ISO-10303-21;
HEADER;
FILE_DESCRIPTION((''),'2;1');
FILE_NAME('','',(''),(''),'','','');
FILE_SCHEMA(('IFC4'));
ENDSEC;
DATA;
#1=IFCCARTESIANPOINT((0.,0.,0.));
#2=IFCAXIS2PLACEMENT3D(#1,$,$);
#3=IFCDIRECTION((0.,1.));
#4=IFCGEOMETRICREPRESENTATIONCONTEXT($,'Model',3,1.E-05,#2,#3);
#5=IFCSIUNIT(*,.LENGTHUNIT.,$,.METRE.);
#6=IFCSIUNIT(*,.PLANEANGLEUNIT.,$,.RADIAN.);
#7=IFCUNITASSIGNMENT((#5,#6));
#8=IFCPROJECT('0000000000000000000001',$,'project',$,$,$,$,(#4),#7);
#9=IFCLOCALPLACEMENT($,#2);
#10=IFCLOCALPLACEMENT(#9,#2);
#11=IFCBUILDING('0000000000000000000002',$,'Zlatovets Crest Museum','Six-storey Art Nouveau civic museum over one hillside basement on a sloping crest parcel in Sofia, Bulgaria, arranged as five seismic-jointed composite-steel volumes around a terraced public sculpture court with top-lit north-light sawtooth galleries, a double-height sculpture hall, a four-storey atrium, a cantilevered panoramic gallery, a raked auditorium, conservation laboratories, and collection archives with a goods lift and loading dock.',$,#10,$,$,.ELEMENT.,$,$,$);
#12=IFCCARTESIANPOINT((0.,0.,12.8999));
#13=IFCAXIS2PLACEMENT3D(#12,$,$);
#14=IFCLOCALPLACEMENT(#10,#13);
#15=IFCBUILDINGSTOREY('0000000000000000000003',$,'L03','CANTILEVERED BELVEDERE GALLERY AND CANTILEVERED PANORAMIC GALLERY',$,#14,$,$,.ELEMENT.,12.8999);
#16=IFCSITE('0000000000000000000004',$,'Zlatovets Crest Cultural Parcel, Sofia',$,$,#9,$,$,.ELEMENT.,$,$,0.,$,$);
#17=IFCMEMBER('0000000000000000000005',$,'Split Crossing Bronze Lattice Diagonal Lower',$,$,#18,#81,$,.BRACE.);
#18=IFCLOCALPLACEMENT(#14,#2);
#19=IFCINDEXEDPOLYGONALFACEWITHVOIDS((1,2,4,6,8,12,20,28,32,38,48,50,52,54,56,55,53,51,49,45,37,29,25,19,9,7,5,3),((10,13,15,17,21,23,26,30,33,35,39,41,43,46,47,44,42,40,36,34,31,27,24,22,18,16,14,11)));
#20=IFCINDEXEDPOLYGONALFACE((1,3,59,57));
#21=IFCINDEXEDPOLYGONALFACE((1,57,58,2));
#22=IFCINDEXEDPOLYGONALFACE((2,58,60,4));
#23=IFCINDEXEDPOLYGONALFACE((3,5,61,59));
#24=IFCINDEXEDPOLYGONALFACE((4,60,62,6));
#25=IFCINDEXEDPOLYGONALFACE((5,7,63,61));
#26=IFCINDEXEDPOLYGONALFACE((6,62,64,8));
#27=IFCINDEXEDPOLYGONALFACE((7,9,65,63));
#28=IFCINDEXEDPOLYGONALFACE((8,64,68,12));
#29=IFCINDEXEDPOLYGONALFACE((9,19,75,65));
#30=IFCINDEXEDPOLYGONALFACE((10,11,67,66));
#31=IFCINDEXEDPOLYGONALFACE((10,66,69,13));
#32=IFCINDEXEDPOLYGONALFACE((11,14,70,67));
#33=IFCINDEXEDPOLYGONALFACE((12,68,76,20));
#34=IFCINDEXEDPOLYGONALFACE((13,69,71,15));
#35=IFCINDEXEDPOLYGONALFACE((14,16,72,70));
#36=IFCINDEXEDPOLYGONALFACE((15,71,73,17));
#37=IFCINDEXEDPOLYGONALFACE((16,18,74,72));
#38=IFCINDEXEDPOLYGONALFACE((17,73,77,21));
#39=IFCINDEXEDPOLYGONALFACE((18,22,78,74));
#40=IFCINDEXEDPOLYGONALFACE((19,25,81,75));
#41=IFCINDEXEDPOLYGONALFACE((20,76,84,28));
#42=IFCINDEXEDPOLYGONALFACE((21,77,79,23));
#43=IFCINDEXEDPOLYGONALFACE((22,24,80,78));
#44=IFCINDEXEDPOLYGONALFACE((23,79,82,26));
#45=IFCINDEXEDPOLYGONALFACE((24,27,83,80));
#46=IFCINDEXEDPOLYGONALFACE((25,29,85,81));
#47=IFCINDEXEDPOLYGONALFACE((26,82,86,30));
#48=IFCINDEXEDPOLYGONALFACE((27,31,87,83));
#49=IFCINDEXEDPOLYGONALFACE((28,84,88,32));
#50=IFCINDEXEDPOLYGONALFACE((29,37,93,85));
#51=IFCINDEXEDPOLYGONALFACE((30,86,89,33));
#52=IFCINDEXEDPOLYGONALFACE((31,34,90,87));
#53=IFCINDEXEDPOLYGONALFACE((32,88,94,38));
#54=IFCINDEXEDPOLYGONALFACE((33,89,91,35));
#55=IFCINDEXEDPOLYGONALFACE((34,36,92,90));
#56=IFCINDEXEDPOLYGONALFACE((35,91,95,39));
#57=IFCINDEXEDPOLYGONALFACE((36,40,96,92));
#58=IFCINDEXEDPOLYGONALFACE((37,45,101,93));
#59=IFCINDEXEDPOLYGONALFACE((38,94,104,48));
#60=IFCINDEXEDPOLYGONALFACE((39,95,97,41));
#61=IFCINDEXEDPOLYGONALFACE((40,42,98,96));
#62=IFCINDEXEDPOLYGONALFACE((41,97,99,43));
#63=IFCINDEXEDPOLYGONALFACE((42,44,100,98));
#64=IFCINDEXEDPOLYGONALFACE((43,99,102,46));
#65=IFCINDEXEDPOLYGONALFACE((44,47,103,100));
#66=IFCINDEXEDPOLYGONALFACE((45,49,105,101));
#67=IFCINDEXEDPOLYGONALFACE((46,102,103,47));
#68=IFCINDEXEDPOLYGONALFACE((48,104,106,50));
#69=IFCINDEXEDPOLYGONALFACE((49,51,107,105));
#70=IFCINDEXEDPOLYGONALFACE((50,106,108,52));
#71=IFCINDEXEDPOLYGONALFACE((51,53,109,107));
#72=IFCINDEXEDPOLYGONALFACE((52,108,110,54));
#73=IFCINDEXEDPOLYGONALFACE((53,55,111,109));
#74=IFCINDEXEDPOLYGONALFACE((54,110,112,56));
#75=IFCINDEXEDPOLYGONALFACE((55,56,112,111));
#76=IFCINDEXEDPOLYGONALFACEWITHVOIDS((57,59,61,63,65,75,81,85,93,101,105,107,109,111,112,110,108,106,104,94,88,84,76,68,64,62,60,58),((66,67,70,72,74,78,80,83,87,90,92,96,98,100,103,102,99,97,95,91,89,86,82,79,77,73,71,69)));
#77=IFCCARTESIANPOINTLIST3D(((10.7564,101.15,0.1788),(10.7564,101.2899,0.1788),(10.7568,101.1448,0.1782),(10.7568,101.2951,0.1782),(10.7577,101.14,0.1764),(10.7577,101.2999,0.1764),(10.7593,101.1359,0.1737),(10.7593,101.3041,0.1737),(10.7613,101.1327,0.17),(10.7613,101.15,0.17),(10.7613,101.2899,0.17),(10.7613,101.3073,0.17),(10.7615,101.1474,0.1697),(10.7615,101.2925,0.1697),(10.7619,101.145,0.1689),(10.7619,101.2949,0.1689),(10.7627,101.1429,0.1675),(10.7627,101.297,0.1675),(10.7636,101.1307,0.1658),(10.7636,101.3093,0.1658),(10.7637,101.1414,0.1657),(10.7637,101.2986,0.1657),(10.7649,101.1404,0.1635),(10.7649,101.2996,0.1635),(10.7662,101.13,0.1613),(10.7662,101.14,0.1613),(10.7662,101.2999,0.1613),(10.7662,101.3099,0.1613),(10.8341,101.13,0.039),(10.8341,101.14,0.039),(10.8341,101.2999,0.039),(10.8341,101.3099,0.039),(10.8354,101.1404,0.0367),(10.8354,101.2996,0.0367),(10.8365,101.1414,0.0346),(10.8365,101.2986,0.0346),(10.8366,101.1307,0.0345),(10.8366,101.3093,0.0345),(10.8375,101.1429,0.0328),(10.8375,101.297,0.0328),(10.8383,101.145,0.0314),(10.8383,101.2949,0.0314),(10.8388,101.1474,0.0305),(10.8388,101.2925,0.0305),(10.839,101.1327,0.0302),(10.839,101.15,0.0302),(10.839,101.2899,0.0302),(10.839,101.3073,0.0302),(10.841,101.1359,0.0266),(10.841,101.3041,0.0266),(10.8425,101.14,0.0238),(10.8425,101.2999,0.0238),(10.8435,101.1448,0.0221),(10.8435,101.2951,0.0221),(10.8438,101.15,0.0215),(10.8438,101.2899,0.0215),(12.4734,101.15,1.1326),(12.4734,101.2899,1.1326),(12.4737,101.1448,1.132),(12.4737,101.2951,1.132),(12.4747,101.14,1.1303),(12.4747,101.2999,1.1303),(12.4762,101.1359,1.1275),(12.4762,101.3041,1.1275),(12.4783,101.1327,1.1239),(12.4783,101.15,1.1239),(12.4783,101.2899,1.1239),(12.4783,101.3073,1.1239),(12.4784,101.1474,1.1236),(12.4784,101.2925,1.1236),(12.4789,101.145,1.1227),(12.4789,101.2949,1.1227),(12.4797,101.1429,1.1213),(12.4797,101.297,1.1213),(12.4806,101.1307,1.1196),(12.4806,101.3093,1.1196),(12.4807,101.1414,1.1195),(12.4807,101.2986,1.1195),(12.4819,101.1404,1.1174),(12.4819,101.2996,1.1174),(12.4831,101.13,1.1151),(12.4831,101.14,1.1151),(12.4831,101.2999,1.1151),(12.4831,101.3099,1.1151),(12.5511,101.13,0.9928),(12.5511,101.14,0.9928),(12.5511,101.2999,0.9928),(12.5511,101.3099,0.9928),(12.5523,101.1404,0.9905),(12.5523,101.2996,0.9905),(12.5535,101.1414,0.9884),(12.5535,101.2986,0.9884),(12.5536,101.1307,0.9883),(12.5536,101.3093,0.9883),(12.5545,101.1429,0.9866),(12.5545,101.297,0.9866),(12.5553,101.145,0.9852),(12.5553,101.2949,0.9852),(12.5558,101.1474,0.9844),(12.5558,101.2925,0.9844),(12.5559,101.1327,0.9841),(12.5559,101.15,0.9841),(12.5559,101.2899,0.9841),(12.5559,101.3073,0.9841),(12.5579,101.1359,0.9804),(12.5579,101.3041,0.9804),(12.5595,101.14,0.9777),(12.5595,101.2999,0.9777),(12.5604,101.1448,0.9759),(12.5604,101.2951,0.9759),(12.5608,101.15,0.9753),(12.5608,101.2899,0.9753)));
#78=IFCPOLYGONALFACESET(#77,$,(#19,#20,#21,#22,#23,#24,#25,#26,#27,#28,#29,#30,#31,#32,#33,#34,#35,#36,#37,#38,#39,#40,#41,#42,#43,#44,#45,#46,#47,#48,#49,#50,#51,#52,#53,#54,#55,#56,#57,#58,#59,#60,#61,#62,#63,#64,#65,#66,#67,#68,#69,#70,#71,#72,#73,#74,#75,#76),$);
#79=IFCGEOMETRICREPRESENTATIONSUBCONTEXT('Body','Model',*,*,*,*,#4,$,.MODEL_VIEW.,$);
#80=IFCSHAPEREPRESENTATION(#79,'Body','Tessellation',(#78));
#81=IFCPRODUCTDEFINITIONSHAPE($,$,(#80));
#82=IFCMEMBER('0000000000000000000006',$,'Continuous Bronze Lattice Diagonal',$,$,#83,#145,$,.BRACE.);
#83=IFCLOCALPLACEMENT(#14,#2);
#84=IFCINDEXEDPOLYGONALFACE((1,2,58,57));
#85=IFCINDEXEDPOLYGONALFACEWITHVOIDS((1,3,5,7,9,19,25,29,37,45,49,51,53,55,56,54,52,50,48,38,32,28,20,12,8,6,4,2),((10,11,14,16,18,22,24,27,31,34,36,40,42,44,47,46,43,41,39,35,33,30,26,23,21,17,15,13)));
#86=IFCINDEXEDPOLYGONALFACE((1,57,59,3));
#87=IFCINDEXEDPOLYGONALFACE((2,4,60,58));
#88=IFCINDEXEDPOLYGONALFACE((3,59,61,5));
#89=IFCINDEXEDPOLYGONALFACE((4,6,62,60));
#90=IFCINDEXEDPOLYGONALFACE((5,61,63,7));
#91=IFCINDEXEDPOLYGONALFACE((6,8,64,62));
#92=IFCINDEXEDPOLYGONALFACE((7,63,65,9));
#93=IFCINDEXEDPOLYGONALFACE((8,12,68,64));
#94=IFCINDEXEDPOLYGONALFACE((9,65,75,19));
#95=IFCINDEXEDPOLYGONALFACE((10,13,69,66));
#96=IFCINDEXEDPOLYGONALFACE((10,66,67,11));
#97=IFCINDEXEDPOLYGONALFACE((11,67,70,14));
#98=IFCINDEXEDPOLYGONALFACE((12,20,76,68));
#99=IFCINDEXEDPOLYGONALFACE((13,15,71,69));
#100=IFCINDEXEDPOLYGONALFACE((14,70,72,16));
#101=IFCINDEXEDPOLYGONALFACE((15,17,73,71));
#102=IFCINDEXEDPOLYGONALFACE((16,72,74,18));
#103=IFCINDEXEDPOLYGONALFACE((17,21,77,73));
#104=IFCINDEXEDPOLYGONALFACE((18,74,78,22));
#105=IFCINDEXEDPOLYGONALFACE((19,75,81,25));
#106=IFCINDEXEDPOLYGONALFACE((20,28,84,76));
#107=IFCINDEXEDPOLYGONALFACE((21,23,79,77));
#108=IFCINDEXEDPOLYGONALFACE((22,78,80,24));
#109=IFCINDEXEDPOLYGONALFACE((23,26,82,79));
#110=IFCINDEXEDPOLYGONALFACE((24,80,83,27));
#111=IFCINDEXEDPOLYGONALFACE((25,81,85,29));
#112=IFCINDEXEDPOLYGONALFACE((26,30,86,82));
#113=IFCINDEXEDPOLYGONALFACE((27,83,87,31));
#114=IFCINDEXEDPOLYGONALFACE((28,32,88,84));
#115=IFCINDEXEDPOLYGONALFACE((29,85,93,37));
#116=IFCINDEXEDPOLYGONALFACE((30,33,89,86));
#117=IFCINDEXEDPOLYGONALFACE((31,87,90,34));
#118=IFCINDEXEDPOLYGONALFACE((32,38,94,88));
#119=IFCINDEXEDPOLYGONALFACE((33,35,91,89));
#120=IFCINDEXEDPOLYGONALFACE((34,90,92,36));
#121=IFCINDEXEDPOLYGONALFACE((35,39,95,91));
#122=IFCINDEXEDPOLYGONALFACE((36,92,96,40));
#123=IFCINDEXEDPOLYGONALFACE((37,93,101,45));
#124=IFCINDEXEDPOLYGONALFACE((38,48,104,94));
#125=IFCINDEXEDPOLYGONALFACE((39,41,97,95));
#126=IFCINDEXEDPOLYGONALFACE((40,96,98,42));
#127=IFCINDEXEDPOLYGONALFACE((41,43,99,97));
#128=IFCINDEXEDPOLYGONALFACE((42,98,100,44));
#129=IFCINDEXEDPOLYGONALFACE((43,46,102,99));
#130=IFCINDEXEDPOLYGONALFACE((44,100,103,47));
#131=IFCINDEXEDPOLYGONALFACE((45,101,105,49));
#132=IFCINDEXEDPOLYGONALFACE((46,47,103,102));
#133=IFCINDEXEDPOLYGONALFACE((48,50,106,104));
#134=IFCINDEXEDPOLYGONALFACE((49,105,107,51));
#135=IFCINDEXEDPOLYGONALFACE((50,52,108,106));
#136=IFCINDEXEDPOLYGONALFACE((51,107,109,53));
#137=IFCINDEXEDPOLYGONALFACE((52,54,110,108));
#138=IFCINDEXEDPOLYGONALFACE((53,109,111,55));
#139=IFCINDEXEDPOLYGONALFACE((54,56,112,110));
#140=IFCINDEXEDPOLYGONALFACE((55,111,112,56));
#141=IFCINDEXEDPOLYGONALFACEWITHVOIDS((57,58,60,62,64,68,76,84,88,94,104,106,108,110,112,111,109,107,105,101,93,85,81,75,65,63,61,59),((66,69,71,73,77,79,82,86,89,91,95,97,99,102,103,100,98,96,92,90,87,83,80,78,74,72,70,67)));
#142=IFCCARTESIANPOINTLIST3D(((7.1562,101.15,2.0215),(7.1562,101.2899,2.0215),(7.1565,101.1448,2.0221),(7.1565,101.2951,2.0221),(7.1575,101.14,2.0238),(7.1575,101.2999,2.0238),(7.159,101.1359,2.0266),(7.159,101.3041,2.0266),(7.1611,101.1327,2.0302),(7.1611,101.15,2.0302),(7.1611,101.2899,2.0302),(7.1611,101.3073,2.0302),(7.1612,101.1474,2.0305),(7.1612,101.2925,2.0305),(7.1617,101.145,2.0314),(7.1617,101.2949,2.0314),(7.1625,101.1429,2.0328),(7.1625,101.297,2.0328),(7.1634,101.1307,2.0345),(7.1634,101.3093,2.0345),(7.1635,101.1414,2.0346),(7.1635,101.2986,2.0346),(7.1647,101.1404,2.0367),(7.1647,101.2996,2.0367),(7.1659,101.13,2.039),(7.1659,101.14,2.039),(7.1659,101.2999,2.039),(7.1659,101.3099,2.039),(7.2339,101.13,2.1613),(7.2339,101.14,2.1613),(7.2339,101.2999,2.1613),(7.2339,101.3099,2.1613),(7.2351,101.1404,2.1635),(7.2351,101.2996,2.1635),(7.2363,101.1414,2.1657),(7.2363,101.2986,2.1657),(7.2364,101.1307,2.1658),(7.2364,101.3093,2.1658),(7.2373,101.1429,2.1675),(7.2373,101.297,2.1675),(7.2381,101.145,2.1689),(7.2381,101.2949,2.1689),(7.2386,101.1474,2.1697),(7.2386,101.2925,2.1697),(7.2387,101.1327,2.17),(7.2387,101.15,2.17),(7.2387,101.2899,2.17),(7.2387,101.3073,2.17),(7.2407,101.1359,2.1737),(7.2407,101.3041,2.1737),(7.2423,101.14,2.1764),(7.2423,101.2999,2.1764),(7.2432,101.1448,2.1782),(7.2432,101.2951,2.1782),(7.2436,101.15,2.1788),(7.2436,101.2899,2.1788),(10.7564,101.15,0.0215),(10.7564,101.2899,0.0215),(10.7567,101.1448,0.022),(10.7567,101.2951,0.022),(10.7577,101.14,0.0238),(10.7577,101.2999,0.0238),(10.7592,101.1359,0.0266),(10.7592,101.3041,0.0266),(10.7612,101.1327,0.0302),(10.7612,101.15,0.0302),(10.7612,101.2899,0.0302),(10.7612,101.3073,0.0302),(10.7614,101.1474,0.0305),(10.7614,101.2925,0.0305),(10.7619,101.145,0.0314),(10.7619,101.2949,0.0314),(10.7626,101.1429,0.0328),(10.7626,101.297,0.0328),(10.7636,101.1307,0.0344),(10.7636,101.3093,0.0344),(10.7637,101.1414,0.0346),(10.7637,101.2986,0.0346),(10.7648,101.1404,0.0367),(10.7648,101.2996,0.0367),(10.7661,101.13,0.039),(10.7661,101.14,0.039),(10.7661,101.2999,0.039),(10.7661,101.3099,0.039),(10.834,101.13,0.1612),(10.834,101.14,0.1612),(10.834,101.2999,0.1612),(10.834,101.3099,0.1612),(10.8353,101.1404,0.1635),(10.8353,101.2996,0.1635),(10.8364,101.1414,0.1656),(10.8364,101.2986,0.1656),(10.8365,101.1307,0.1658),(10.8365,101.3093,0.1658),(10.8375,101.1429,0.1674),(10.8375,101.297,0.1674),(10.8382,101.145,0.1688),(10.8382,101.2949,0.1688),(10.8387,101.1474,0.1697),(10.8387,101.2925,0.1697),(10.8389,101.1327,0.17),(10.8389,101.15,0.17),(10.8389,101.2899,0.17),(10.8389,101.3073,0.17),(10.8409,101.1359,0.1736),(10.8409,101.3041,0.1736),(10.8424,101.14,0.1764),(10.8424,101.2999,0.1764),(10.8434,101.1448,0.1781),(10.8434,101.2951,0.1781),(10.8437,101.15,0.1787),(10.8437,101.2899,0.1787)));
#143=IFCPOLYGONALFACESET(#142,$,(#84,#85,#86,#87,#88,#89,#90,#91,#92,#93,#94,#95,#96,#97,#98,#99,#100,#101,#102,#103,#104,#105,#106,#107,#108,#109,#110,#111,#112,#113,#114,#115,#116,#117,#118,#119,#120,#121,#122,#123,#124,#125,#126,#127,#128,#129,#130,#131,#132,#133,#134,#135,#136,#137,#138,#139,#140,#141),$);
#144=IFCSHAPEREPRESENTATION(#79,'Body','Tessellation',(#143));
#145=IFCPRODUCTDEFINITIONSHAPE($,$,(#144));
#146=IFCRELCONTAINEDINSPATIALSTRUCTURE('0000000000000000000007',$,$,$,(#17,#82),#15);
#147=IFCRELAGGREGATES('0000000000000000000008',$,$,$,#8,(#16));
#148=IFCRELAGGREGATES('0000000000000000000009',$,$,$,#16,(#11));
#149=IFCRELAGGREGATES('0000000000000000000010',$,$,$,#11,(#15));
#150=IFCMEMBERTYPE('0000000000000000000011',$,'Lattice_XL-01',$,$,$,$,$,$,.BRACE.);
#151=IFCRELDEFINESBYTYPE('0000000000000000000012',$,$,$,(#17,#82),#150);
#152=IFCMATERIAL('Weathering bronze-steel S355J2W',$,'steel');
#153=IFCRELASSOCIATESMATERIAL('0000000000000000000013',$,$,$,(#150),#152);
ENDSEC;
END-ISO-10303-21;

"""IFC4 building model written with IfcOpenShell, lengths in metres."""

from ifc_helpers import new_model, si_unit, direction, frame, origin, origin_2d, place, context, subcontext, project, spatial, hollow_rectangle, extrude, material, material_profile, profile_set, type_object, element, save


model = new_model("IFC4")

# Units and contexts
model_context = context("Model", 3, precision=1e-05, world=origin(), true_north=direction((0.0, 1.0)))
body_context = subcontext(model_context, "Body", "Model", "MODEL_VIEW")
ifc_project = project(units=[si_unit("LENGTHUNIT", "METRE"), si_unit("PLANEANGLEUNIT", "RADIAN")], contexts=[model_context])

# Site, building, storey
site_placement = place(None, origin())
site = spatial("IfcSite", under=ifc_project, at=site_placement, Name="Zlatovets Crest Cultural Parcel, Sofia", CompositionType="ELEMENT", RefElevation=0.0)
building_placement = place(site_placement, origin())
building = spatial("IfcBuilding", under=site, at=building_placement, Name="Zlatovets Crest Museum", Description="Six-storey Art Nouveau civic museum over one hillside basement on a sloping crest parcel in Sofia, Bulgaria, arranged as five seismic-jointed composite-steel volumes around a terraced public sculpture court with top-lit north-light sawtooth galleries, a double-height sculpture hall, a four-storey atrium, a cantilevered panoramic gallery, a raked auditorium, conservation laboratories, and collection archives with a goods lift and loading dock.", CompositionType="ELEMENT")
storey_placement = place(building_placement, frame((0.0, 0.0, 12.8999)))
storey = spatial("IfcBuildingStorey", under=building, at=storey_placement, Name="L03", Description="CANTILEVERED BELVEDERE GALLERY AND CANTILEVERED PANORAMIC GALLERY", CompositionType="ELEMENT", Elevation=12.8999)

# Members
ifc_material_1 = material(Name="Weathering bronze-steel S355J2W", Category="steel")
ifc_material_profile_1 = material_profile(ifc_material_1, hollow_rectangle(XDim=0.1799, YDim=0.1799, WallThickness=0.01, InnerFilletRadius=0.01, OuterFilletRadius=0.02, at=origin_2d()), Name="SHS 180x180x10.0")
ifc_profile_set_1 = profile_set([ifc_material_profile_1], Name="Weathering bronze-steel S355J2W")
member_type = type_object("IfcMemberType", Name="Lattice_XL-01", PredefinedType="BRACE", material=ifc_profile_set_1)
member_1_placement = place(storey_placement, frame((12.5171, 101.22, 1.054), z_axis=(-0.874169, 0.0, -0.485622), x_axis=(0.0, -1.0, 0.0)))
element("IfcMember", 1, at=member_1_placement, inside=storey, type_object=member_type, Name="Split Crossing Bronze Lattice Diagonal Lower", PredefinedType="BRACE", context=body_context, shape_type="SweptSolid", body=[
    extrude(hollow_rectangle(XDim=0.1799, YDim=0.1799, WallThickness=0.01, InnerFilletRadius=0.01, OuterFilletRadius=0.02, at=origin_2d()), origin(), (0.0, 0.0, 1.0), 1.9641),
])
member_2_placement = place(storey_placement, frame((10.8, 101.22, 0.1001), z_axis=(-0.874163, 0.0, 0.485633), x_axis=(0.0, -1.0, 0.0)))
element("IfcMember", 2, at=member_2_placement, inside=storey, type_object=member_type, Name="Continuous Bronze Lattice Diagonal", PredefinedType="BRACE", context=body_context, shape_type="SweptSolid", body=[
    extrude(hollow_rectangle(XDim=0.1799, YDim=0.1799, WallThickness=0.01, InnerFilletRadius=0.01, OuterFilletRadius=0.02, at=origin_2d()), origin(), (0.0, 0.0, 1.0), 4.1184),
])

save(model, "model.ifc")
